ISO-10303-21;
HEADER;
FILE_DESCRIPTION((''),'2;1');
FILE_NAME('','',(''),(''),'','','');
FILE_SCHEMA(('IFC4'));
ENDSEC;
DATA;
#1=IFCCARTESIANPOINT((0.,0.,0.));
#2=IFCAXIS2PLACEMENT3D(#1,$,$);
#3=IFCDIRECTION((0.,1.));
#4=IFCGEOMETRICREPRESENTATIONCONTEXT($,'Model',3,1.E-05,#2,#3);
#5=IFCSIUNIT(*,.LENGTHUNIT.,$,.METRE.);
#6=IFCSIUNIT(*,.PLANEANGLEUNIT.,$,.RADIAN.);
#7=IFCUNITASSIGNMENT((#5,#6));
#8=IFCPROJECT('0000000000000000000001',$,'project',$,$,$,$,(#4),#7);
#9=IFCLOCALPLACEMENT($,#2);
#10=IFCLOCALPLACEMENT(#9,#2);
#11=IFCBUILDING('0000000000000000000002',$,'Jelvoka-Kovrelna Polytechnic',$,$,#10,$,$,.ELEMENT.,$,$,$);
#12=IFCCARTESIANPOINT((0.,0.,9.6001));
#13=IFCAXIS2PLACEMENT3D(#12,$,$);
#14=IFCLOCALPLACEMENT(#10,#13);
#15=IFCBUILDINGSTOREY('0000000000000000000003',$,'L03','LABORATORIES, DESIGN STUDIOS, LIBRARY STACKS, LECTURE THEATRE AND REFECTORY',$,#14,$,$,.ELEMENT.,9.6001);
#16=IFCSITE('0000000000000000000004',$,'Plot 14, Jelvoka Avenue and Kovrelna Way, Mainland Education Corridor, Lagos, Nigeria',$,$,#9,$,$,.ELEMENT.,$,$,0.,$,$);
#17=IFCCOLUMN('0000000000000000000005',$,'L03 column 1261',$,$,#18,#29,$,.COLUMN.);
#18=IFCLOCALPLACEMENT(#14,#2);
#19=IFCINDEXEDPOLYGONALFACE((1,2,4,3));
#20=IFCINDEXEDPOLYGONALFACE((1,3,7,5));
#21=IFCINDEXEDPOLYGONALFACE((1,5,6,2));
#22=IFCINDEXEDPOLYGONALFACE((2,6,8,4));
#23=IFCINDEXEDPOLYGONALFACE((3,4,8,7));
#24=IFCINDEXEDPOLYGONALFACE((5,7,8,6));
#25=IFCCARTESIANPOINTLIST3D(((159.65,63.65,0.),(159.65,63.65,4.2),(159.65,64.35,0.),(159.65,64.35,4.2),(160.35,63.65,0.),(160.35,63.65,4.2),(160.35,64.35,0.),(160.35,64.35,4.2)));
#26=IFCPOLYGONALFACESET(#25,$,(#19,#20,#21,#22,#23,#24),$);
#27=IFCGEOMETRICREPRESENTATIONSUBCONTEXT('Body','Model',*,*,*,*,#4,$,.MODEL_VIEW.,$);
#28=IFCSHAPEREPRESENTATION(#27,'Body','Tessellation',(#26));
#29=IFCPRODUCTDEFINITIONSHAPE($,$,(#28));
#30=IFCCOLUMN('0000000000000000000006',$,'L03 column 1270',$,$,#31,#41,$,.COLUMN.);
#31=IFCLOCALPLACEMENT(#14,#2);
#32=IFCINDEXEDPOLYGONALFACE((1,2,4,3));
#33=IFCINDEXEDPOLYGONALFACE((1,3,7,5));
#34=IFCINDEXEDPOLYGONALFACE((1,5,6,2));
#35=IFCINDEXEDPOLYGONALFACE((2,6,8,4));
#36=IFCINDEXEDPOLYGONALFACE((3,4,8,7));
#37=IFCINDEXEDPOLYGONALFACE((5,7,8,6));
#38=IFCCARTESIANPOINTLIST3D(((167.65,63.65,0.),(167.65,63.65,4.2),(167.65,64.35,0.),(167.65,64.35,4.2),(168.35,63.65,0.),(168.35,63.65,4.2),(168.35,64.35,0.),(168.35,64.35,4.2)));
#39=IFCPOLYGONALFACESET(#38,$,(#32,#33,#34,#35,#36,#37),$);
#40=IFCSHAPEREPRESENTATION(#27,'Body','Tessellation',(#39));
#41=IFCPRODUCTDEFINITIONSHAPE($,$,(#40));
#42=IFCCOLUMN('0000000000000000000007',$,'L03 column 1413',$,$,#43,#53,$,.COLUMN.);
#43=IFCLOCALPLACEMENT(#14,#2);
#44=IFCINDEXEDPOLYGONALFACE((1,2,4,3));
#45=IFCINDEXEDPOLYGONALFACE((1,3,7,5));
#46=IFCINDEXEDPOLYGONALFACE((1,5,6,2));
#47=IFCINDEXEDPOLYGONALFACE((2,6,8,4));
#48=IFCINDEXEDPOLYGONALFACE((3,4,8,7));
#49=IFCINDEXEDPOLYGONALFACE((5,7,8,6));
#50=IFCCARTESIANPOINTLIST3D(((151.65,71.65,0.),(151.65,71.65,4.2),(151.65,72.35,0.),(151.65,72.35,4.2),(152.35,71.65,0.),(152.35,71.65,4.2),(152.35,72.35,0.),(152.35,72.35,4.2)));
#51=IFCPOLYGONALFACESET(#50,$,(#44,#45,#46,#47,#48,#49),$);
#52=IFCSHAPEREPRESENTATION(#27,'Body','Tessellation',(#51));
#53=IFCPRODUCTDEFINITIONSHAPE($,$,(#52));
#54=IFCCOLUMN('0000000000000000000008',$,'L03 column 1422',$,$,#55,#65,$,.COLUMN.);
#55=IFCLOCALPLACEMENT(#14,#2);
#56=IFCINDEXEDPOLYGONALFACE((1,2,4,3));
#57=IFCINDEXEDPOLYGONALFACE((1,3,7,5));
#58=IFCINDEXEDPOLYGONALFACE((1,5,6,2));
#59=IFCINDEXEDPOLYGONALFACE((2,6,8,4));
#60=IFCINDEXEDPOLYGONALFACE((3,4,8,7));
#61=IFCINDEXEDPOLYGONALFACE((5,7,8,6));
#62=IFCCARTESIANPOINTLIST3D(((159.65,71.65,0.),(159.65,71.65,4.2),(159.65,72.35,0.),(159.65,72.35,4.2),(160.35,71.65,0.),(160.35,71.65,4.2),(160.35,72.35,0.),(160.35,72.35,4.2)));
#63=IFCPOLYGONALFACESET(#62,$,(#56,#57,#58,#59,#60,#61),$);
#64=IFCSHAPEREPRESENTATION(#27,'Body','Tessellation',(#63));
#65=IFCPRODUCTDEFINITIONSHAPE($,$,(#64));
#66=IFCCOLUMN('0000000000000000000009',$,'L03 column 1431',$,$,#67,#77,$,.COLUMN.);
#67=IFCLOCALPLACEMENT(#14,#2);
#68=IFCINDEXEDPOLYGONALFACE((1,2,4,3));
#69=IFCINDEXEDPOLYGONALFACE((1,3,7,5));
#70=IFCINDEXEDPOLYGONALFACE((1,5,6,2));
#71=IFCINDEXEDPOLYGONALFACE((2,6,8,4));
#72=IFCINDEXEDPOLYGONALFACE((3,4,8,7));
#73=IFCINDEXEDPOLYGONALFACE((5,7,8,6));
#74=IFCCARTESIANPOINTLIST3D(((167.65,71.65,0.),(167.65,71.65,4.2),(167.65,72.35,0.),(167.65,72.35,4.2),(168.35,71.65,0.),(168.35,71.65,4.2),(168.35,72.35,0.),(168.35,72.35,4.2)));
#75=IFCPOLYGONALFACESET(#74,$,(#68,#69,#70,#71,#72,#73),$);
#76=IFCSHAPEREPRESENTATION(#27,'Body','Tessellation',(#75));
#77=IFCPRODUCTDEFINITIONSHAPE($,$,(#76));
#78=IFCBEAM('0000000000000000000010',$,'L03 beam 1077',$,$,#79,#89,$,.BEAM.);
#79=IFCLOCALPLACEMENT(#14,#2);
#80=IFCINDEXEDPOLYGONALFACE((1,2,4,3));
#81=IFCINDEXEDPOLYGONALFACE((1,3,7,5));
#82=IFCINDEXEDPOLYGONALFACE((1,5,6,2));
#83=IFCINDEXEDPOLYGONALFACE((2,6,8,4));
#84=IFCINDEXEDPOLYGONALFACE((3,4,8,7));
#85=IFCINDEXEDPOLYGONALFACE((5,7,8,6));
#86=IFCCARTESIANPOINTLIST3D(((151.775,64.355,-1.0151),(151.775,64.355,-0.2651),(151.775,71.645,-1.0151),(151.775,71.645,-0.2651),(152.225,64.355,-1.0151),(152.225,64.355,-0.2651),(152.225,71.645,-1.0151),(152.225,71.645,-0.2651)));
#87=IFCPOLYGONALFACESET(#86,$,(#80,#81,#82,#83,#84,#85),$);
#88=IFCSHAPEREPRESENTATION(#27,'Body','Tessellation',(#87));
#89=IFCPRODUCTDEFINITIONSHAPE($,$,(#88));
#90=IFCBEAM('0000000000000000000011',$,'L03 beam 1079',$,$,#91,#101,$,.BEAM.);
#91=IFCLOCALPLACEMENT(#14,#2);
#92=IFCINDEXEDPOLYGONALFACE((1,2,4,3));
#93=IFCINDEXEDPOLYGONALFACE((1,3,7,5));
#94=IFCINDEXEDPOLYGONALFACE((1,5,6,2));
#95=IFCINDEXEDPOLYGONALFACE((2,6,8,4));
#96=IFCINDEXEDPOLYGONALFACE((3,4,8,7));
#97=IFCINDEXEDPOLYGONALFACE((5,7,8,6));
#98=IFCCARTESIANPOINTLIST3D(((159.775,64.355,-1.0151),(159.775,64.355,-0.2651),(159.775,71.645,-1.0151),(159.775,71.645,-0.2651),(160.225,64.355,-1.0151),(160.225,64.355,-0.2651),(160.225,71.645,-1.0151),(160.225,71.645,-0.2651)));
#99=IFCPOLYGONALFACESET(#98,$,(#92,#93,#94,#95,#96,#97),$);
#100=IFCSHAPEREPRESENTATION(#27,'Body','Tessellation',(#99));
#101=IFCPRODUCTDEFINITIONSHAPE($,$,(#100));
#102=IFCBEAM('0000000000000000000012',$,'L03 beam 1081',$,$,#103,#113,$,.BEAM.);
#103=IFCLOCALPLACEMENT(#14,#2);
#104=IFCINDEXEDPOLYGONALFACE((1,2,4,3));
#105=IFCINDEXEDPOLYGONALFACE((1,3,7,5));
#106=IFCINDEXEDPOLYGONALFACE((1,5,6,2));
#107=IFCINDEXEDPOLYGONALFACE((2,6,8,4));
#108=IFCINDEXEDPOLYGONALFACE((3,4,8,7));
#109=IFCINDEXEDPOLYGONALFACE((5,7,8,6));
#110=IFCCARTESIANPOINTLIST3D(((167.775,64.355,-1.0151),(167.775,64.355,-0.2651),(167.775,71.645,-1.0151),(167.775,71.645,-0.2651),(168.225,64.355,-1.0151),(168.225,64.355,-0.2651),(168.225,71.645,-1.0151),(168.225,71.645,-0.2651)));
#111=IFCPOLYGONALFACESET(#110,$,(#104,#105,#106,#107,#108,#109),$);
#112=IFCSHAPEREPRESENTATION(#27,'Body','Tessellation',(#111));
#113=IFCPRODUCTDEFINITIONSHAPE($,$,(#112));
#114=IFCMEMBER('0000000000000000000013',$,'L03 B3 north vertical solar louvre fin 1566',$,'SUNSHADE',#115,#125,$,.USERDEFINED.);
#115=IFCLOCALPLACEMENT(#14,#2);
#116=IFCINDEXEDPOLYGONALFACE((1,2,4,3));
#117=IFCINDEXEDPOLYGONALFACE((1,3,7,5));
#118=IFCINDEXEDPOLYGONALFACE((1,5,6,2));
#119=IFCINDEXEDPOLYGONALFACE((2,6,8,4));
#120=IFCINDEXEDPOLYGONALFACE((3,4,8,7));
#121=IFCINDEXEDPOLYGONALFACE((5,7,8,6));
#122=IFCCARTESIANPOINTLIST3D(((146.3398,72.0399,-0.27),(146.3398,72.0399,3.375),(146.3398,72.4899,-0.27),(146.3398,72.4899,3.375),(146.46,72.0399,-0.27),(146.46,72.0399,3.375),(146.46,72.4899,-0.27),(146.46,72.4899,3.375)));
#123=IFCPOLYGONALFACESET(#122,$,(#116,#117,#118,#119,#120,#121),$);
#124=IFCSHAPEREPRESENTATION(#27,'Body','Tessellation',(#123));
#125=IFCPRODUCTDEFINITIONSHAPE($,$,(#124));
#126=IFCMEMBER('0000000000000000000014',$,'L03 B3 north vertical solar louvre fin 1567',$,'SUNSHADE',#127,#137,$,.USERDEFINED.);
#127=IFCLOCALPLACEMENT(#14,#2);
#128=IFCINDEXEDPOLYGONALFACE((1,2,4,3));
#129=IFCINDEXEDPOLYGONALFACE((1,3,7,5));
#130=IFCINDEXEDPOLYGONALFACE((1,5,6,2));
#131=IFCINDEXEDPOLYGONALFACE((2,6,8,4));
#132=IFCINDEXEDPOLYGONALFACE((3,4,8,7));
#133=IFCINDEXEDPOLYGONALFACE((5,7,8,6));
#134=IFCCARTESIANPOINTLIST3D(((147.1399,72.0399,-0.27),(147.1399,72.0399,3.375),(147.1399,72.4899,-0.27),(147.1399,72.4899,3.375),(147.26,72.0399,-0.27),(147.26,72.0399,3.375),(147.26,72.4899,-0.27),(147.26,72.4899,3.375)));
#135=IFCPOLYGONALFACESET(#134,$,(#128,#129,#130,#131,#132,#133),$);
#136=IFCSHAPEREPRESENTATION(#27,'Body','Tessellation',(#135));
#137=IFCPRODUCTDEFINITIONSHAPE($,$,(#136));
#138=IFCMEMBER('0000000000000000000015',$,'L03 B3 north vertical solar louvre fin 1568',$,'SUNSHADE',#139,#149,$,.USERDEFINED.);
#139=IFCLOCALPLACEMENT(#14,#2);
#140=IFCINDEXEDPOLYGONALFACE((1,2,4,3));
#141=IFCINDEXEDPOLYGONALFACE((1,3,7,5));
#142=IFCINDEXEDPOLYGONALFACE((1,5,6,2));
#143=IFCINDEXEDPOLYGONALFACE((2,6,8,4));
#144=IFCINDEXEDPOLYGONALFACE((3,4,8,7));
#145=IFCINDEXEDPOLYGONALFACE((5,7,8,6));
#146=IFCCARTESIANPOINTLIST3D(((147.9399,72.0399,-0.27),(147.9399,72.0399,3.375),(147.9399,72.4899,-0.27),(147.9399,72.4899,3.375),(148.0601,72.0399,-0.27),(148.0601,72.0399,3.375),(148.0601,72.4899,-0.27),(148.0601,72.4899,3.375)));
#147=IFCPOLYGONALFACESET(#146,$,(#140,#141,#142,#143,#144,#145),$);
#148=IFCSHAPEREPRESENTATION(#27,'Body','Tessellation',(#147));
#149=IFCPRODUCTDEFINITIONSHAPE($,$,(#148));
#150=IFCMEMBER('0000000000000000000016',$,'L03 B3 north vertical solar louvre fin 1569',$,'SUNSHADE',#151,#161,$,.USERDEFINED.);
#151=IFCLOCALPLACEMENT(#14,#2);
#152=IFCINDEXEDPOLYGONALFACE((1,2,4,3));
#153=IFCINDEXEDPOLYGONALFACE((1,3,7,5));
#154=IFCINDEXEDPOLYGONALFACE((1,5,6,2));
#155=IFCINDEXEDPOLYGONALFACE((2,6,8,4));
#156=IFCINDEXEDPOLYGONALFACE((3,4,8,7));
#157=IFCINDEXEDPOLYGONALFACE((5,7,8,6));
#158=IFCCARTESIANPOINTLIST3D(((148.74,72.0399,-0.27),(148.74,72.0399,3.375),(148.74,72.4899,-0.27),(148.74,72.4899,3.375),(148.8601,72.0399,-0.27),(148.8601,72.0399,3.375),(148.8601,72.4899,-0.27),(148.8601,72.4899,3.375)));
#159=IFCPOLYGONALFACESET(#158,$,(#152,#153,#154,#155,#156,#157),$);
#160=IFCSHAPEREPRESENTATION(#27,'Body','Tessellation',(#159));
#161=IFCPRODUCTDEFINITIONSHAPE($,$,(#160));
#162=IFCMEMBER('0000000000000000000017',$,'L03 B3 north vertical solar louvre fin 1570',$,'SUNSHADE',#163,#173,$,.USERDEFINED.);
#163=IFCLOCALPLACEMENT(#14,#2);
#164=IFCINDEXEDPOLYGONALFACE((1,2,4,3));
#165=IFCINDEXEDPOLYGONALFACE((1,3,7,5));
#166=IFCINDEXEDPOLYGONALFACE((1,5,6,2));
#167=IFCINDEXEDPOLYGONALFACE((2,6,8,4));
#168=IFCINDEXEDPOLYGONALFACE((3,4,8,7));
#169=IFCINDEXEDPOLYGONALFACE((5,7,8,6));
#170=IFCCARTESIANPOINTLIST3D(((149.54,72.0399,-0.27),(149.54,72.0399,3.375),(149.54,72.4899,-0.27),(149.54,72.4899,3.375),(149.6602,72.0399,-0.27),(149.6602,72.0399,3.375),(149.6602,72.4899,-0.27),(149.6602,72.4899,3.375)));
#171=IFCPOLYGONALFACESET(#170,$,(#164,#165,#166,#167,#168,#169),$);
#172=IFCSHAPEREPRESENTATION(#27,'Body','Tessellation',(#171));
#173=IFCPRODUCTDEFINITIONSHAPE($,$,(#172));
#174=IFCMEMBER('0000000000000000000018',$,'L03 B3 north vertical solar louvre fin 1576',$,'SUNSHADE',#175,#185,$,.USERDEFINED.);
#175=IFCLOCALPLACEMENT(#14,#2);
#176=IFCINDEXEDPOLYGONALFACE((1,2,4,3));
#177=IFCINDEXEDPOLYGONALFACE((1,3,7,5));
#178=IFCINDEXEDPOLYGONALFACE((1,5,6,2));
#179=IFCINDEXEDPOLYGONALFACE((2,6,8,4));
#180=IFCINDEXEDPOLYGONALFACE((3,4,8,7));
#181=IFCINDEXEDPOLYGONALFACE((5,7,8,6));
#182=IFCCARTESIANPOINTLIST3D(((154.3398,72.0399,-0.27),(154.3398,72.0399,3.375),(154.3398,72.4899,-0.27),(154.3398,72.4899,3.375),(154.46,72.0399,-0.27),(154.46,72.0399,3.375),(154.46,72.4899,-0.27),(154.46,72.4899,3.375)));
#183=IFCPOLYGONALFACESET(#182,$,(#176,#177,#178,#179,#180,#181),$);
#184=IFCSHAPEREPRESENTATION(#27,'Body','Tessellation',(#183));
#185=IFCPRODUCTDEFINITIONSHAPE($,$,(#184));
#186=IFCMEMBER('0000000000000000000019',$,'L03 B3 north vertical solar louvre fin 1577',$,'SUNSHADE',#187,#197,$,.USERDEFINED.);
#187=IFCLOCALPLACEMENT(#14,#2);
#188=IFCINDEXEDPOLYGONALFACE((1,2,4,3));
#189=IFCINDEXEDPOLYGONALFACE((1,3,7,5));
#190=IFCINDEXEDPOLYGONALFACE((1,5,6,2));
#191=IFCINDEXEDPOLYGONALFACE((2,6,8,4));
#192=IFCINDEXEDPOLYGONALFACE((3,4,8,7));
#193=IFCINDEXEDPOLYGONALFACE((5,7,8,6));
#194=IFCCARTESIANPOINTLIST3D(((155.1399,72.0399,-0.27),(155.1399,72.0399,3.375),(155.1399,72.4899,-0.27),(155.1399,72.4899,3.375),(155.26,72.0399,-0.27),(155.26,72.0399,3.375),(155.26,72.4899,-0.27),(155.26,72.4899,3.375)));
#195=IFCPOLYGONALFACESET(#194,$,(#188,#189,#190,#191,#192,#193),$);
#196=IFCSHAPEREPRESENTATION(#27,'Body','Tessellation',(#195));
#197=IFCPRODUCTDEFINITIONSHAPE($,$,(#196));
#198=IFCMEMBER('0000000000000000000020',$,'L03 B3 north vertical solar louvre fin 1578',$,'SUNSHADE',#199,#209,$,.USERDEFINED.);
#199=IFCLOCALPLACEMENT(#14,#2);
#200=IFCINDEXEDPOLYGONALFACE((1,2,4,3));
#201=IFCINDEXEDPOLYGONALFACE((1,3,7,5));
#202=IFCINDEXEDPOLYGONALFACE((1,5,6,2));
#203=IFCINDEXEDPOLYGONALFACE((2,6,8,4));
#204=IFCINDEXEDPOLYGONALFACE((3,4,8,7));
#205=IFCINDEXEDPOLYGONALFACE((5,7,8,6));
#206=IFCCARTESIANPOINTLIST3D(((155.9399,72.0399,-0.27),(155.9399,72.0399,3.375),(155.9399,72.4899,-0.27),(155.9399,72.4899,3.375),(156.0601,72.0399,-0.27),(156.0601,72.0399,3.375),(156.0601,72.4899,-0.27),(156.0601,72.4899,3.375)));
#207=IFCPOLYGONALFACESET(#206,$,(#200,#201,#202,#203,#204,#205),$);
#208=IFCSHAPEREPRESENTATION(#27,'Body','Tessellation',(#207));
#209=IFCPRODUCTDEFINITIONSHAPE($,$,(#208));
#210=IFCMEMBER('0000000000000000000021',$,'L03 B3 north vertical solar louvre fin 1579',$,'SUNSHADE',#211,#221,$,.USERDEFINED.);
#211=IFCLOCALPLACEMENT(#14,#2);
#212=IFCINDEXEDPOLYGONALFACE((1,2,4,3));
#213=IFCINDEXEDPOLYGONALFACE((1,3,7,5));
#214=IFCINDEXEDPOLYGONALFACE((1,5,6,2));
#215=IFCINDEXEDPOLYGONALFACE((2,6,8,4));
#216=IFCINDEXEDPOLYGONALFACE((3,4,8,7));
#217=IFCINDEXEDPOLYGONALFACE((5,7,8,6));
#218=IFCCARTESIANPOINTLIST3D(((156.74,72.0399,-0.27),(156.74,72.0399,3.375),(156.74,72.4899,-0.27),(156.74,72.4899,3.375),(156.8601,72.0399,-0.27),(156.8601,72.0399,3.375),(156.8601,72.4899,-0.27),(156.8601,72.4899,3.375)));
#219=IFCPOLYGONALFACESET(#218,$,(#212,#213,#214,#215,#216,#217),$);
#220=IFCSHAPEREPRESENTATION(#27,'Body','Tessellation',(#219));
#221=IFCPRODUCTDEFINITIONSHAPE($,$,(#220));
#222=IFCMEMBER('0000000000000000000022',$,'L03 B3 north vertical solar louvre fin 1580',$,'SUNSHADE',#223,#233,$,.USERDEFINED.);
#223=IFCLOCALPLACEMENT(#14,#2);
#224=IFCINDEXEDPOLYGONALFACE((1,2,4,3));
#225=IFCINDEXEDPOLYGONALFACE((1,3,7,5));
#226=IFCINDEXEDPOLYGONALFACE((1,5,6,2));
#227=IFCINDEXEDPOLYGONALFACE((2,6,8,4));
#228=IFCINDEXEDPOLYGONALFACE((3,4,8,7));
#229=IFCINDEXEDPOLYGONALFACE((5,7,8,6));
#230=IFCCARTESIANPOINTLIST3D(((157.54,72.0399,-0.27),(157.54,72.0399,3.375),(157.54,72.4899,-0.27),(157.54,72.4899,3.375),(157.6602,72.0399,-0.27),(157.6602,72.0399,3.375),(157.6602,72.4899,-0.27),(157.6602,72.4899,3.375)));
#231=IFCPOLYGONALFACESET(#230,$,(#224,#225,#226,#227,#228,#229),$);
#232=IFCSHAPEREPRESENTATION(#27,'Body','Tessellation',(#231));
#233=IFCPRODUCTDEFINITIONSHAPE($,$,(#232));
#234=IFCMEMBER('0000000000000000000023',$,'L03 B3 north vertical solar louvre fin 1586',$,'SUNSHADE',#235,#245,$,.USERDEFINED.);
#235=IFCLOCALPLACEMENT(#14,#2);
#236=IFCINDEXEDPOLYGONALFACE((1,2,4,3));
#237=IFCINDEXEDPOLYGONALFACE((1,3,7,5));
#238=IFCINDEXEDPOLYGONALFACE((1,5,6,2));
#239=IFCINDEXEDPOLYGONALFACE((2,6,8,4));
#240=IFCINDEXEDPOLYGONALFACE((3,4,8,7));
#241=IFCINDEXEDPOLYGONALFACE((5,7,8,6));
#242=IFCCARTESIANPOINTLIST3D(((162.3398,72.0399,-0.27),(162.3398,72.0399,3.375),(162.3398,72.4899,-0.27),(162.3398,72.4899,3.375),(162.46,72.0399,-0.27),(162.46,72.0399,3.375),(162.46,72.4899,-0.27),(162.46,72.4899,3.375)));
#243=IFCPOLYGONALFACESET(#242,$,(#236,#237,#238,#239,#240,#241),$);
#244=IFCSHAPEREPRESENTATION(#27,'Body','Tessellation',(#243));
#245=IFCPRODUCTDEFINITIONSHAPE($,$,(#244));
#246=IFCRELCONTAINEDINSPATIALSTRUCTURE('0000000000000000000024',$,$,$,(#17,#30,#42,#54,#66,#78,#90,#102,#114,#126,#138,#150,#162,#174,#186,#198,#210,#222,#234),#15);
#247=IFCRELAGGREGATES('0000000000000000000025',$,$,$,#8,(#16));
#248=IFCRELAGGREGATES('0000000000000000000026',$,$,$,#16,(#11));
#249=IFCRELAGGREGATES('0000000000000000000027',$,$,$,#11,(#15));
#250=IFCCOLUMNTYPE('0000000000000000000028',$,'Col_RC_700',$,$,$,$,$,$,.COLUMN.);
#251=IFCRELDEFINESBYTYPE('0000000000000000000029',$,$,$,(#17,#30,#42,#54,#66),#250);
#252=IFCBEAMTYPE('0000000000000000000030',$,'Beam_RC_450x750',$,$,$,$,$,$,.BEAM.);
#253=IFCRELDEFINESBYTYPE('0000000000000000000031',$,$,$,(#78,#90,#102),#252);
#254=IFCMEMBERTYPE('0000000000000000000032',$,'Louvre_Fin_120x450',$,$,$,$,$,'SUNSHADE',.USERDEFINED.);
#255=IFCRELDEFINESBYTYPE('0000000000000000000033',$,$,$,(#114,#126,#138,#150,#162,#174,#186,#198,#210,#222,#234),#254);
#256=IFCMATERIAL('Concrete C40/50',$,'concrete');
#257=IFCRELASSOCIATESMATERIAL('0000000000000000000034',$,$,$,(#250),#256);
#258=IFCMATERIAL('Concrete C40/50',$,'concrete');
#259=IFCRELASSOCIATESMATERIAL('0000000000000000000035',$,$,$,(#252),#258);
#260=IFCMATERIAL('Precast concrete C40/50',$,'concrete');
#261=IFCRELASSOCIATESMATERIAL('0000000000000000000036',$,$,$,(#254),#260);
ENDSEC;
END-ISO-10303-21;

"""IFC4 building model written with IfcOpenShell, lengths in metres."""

from ifc_helpers import new_model, si_unit, direction, frame, origin, origin_2d, place, context, subcontext, project, spatial, rectangle, extrude, material, material_profile, profile_set, type_object, element, save


model = new_model("IFC4")

# Units and contexts
model_context = context("Model", 3, precision=1e-05, world=origin(), true_north=direction((0.0, 1.0)))
body_context = subcontext(model_context, "Body", "Model", "MODEL_VIEW")
ifc_project = project(units=[si_unit("LENGTHUNIT", "METRE"), si_unit("PLANEANGLEUNIT", "RADIAN")], contexts=[model_context])

# Site, building, storey
site_placement = place(None, origin())
site = spatial("IfcSite", under=ifc_project, at=site_placement, Name="Plot 14, Jelvoka Avenue and Kovrelna Way, Mainland Education Corridor, Lagos, Nigeria", CompositionType="ELEMENT", RefElevation=0.0)
building_placement = place(site_placement, origin())
building = spatial("IfcBuilding", under=site, at=building_placement, Name="Jelvoka-Kovrelna Polytechnic", CompositionType="ELEMENT")
storey_placement = place(building_placement, frame((0.0, 0.0, 9.6001)))
storey = spatial("IfcBuildingStorey", under=building, at=storey_placement, Name="L03", Description="LABORATORIES, DESIGN STUDIOS, LIBRARY STACKS, LECTURE THEATRE AND REFECTORY", CompositionType="ELEMENT", Elevation=9.6001)

# Columns
ifc_material_1 = material(Name="Concrete C40/50", Category="concrete")
ifc_material_profile_1 = material_profile(ifc_material_1, rectangle(XDim=0.7, YDim=0.7, at=origin_2d()), Name="RC 700x700")
ifc_profile_set_1 = profile_set([ifc_material_profile_1], Name="Concrete C40/50")
column_type = type_object("IfcColumnType", Name="Col_RC_700", PredefinedType="COLUMN", material=ifc_profile_set_1)
for number, where, z_axis, x_axis, name in (
    (1, (160.0, 64.0, 0.0), (0.0, 0.0, 1.0), (1.0, 0.0, 0.0), "L03 column 1261"),
    (2, (168.0, 64.0, 0.0), (0.0, 0.0, 1.0), (1.0, 0.0, 0.0), "L03 column 1270"),
    (3, (152.0, 72.0, 0.0), (0.0, 0.0, 1.0), (1.0, 0.0, 0.0), "L03 column 1413"),
    (4, (160.0, 72.0, 0.0), (0.0, 0.0, 1.0), (1.0, 0.0, 0.0), "L03 column 1422"),
    (5, (168.0, 72.0, 0.0), (0.0, 0.0, 1.0), (1.0, 0.0, 0.0), "L03 column 1431"),
):
    element("IfcColumn", number, at=place(storey_placement, frame(where, z_axis=z_axis, x_axis=x_axis)), inside=storey, type_object=column_type, Name=name, PredefinedType="COLUMN", context=body_context, shape_type="SweptSolid", body=[
        extrude(rectangle(XDim=0.7, YDim=0.7, at=origin_2d()), origin(), (0.0, 0.0, 1.0), 4.2),
    ])

# Beams
ifc_material_2 = material(Name="Concrete C40/50", Category="concrete")
ifc_material_profile_2 = material_profile(ifc_material_2, rectangle(XDim=0.45, YDim=0.75, at=origin_2d()), Name="RC 450x750")
ifc_profile_set_2 = profile_set([ifc_material_profile_2], Name="Concrete C40/50")
beam_type_1 = type_object("IfcBeamType", Name="Beam_RC_450x750", PredefinedType="BEAM", material=ifc_profile_set_2)
for number, where, z_axis, x_axis, name in (
    (6, (152.0, 64.355, -0.6401), (0.0, 1.0, 0.0), (-1.0, 0.0, 0.0), "L03 beam 1077"),
    (7, (160.0, 64.355, -0.6401), (0.0, 1.0, 0.0), (-1.0, 0.0, 0.0), "L03 beam 1079"),
    (8, (168.0, 64.355, -0.6401), (0.0, 1.0, 0.0), (-1.0, 0.0, 0.0), "L03 beam 1081"),
):
    element("IfcBeam", number, at=place(storey_placement, frame(where, z_axis=z_axis, x_axis=x_axis)), inside=storey, type_object=beam_type_1, Name=name, PredefinedType="BEAM", context=body_context, shape_type="SweptSolid", body=[
        extrude(rectangle(XDim=0.45, YDim=0.75, at=origin_2d()), origin(), (0.0, 0.0, 1.0), 7.29),
    ])

# Members
ifc_material_3 = material(Name="Precast concrete C40/50", Category="concrete")
ifc_material_profile_3 = material_profile(ifc_material_3, rectangle(XDim=0.1201, YDim=0.45, at=origin_2d()), Name="PC 120x450")
ifc_profile_set_3 = profile_set([ifc_material_profile_3], Name="Precast concrete C40/50")
member_type = type_object("IfcMemberType", Name="Louvre_Fin_120x450", ElementType="SUNSHADE", PredefinedType="USERDEFINED", material=ifc_profile_set_3)
for number, where, z_axis, x_axis, name in (
    (9, (146.3999, 72.2649, -0.27), (0.0, 0.0, 1.0), (1.0, 0.0, 0.0), "L03 B3 north vertical solar louvre fin 1566"),
    (10, (147.2, 72.2649, -0.27), (0.0, 0.0, 1.0), (1.0, 0.0, 0.0), "L03 B3 north vertical solar louvre fin 1567"),
    (11, (148.0, 72.2649, -0.27), (0.0, 0.0, 1.0), (1.0, 0.0, 0.0), "L03 B3 north vertical solar louvre fin 1568"),
    (12, (148.8, 72.2649, -0.27), (0.0, 0.0, 1.0), (1.0, 0.0, 0.0), "L03 B3 north vertical solar louvre fin 1569"),
    (13, (149.6001, 72.2649, -0.27), (0.0, 0.0, 1.0), (1.0, 0.0, 0.0), "L03 B3 north vertical solar louvre fin 1570"),
    (14, (154.3999, 72.2649, -0.27), (0.0, 0.0, 1.0), (1.0, 0.0, 0.0), "L03 B3 north vertical solar louvre fin 1576"),
    (15, (155.2, 72.2649, -0.27), (0.0, 0.0, 1.0), (1.0, 0.0, 0.0), "L03 B3 north vertical solar louvre fin 1577"),
    (16, (156.0, 72.2649, -0.27), (0.0, 0.0, 1.0), (1.0, 0.0, 0.0), "L03 B3 north vertical solar louvre fin 1578"),
    (17, (156.8, 72.2649, -0.27), (0.0, 0.0, 1.0), (1.0, 0.0, 0.0), "L03 B3 north vertical solar louvre fin 1579"),
    (18, (157.6001, 72.2649, -0.27), (0.0, 0.0, 1.0), (1.0, 0.0, 0.0), "L03 B3 north vertical solar louvre fin 1580"),
    (19, (162.3999, 72.2649, -0.27), (0.0, 0.0, 1.0), (1.0, 0.0, 0.0), "L03 B3 north vertical solar louvre fin 1586"),
):
    element("IfcMember", number, at=place(storey_placement, frame(where, z_axis=z_axis, x_axis=x_axis)), inside=storey, type_object=member_type, Name=name, ObjectType="SUNSHADE", PredefinedType="USERDEFINED", context=body_context, shape_type="SweptSolid", body=[
        extrude(rectangle(XDim=0.1201, YDim=0.45, at=origin_2d()), origin(), (0.0, 0.0, 1.0), 3.645),
    ])

save(model, "model.ifc")
